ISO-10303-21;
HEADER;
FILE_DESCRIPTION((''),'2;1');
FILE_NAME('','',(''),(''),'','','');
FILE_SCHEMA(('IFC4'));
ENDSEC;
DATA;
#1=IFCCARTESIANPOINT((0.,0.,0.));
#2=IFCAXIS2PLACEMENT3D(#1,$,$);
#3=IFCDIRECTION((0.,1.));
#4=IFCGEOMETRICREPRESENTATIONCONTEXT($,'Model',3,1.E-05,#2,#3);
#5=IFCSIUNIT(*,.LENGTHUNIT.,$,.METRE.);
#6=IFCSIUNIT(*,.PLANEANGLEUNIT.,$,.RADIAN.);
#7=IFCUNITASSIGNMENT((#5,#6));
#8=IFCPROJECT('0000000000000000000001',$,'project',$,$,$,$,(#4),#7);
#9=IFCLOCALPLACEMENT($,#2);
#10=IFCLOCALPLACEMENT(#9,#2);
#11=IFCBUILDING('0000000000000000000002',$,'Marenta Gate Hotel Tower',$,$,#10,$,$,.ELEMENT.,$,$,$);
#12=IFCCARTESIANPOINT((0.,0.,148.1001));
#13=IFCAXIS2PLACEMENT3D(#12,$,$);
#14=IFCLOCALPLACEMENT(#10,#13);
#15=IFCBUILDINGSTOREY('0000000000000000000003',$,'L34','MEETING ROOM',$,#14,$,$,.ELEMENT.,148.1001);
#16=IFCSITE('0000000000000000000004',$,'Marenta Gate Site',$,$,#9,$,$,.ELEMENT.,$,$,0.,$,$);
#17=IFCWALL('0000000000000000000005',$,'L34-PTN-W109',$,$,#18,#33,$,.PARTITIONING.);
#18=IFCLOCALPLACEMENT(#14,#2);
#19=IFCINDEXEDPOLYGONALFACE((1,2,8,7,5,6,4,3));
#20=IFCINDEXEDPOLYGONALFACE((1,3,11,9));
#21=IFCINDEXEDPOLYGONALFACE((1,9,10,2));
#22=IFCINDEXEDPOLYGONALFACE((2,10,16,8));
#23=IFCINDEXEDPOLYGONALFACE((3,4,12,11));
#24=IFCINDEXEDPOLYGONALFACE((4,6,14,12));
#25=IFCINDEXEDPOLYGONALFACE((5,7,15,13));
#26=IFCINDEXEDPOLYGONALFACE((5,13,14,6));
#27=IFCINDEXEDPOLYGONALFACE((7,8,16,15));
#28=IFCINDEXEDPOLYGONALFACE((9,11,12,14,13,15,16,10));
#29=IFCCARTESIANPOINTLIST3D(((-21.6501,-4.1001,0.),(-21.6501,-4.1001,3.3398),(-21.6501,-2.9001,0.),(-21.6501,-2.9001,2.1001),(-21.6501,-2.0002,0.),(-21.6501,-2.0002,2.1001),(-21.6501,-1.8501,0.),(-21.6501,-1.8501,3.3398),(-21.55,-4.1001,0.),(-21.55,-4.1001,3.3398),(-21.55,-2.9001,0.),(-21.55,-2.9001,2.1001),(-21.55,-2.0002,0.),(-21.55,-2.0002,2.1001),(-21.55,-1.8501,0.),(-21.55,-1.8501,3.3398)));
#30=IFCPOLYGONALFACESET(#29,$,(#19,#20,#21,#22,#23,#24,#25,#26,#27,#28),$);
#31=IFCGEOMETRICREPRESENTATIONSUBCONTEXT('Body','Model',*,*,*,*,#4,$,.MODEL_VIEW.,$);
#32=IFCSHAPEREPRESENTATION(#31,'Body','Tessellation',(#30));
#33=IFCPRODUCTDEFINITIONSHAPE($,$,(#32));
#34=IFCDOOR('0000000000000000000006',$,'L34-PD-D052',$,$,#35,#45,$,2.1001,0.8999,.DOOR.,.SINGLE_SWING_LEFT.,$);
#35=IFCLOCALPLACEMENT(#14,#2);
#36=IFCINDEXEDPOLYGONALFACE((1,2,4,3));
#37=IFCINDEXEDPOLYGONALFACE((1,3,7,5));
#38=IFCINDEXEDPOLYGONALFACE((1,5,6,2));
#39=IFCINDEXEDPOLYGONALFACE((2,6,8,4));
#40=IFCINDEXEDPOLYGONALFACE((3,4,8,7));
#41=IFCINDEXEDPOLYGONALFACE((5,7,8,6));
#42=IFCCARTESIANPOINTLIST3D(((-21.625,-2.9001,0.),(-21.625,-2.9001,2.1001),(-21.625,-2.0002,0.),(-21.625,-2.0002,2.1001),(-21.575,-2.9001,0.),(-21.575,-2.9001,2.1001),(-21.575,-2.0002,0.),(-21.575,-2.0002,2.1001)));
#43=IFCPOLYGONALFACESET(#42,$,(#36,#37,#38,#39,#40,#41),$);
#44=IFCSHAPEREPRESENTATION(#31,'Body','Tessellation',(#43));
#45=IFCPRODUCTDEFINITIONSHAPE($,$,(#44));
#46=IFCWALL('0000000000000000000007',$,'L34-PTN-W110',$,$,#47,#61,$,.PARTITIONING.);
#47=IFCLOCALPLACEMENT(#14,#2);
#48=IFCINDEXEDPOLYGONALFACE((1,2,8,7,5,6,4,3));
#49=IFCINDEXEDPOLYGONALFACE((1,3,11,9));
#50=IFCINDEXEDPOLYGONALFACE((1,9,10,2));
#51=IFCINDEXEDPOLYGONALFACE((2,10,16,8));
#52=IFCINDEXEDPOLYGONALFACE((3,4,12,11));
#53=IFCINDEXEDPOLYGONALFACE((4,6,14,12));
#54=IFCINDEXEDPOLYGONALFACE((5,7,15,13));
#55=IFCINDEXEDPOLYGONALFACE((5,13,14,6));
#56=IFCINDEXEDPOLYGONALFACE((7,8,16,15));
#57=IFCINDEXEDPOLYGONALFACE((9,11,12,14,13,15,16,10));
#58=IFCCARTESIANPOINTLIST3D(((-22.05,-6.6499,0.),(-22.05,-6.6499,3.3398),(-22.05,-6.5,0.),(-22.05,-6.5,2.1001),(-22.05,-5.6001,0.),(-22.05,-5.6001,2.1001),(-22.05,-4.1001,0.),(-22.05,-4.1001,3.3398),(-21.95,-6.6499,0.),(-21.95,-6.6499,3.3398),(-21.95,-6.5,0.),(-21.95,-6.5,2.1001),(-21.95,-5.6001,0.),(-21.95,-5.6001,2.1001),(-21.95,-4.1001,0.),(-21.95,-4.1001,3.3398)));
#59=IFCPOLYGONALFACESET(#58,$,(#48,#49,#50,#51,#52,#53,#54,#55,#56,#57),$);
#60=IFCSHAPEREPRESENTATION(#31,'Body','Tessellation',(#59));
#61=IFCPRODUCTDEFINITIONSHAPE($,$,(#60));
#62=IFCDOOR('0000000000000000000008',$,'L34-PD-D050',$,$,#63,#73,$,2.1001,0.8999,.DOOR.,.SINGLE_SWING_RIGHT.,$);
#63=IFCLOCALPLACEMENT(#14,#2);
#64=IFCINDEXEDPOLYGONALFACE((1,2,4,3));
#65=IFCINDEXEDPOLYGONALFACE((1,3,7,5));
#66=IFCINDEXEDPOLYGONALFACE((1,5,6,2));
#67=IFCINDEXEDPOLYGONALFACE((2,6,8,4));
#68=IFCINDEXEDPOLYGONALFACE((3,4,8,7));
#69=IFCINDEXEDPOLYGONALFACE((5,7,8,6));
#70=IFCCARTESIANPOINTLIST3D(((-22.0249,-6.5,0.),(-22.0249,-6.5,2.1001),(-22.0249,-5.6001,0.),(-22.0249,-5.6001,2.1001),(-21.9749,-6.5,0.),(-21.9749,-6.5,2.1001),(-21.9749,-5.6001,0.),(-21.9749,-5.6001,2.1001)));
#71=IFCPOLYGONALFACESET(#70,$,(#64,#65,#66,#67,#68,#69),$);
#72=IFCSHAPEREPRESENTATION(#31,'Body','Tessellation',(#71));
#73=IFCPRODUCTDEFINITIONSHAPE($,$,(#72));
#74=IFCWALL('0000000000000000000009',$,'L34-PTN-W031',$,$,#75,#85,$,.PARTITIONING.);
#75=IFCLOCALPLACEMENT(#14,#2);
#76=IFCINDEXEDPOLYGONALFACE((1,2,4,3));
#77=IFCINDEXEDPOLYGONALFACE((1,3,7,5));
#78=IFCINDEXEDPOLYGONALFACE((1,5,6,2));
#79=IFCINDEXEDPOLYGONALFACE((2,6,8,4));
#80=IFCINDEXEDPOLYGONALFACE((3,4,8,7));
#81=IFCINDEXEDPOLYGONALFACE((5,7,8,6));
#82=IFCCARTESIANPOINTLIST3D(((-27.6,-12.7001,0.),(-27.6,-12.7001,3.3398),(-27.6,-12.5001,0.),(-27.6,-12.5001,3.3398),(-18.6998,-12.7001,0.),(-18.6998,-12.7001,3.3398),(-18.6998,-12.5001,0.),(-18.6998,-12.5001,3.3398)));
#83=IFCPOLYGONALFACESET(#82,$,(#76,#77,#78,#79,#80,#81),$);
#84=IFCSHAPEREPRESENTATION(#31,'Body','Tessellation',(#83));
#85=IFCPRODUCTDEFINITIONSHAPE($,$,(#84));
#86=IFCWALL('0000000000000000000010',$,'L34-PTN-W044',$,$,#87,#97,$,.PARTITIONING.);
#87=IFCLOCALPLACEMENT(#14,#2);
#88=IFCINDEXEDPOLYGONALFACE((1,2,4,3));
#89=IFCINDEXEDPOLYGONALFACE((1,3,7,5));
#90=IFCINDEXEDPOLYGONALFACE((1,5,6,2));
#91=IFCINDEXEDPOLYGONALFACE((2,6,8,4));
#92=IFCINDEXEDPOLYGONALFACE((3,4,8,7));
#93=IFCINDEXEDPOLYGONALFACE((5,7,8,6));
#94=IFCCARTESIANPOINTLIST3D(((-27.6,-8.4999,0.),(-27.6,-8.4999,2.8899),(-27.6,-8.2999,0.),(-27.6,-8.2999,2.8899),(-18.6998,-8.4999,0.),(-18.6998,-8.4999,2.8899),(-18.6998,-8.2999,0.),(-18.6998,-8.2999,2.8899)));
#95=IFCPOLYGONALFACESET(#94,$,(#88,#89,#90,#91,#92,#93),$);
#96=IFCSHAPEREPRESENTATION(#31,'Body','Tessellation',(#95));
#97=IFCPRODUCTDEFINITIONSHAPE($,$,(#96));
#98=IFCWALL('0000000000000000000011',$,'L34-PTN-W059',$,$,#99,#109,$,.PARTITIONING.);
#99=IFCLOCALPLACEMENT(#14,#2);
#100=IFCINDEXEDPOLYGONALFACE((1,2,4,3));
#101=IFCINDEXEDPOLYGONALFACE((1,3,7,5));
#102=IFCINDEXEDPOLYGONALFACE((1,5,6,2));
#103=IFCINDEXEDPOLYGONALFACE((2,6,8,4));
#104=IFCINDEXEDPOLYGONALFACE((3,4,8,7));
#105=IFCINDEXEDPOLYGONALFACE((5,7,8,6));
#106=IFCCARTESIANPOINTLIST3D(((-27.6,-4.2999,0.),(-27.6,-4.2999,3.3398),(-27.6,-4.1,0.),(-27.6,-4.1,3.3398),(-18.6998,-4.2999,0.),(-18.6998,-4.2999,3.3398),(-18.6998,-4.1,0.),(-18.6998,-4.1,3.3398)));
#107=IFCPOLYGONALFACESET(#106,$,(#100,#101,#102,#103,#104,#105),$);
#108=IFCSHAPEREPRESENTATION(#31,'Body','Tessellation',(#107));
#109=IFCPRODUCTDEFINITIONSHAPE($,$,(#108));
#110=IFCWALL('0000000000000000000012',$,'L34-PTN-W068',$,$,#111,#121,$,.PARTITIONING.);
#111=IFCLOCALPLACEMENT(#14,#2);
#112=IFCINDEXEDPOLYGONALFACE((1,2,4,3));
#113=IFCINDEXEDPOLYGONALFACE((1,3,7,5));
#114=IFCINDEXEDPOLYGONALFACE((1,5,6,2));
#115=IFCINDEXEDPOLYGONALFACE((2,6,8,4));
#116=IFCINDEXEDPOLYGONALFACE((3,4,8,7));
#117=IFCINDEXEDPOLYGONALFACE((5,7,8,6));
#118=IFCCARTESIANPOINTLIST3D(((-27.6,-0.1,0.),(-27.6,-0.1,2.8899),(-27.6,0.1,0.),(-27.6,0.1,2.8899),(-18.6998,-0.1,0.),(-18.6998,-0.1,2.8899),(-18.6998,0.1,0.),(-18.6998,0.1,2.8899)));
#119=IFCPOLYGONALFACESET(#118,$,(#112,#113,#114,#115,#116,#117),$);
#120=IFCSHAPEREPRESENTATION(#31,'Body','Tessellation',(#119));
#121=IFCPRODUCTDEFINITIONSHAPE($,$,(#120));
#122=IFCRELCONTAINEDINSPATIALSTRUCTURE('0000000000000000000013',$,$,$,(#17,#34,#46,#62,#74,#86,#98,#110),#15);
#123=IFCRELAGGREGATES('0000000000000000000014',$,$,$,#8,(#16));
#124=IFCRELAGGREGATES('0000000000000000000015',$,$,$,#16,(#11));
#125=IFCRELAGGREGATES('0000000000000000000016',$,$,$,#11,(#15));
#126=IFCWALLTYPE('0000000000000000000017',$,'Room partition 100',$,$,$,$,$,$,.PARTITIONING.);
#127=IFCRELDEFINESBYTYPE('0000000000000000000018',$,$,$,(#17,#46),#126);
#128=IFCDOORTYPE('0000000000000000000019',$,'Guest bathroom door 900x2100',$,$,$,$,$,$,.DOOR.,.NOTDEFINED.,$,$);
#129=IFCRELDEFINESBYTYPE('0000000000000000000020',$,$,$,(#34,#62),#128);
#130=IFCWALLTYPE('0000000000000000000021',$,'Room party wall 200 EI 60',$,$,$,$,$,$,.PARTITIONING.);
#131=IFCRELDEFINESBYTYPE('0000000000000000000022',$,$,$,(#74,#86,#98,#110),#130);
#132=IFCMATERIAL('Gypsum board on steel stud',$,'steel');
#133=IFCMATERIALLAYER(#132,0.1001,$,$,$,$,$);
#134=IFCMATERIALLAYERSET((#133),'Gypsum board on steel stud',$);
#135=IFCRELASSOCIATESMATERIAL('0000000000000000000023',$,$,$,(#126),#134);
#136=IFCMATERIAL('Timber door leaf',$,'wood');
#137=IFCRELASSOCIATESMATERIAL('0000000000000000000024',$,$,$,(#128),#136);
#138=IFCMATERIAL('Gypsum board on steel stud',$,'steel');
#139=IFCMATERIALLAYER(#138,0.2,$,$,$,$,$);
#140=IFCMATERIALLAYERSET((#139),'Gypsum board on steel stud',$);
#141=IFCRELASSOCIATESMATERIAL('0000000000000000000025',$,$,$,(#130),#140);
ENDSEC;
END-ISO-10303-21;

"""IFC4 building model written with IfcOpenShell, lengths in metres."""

from ifc_helpers import new_model, si_unit, direction, frame, frame_2d, origin, place, context, subcontext, project, spatial, rectangle, extrude, material, layer, layer_set, type_object, element, fill, save


model = new_model("IFC4")

# Units and contexts
model_context = context("Model", 3, precision=1e-05, world=origin(), true_north=direction((0.0, 1.0)))
body_context = subcontext(model_context, "Body", "Model", "MODEL_VIEW")
ifc_project = project(units=[si_unit("LENGTHUNIT", "METRE"), si_unit("PLANEANGLEUNIT", "RADIAN")], contexts=[model_context])

# Site, building, storey
site_placement = place(None, origin())
site = spatial("IfcSite", under=ifc_project, at=site_placement, Name="Marenta Gate Site", CompositionType="ELEMENT", RefElevation=0.0)
building_placement = place(site_placement, origin())
building = spatial("IfcBuilding", under=site, at=building_placement, Name="Marenta Gate Hotel Tower", CompositionType="ELEMENT")
storey_placement = place(building_placement, frame((0.0, 0.0, 148.1001)))
storey = spatial("IfcBuildingStorey", under=building, at=storey_placement, Name="L34", Description="MEETING ROOM", CompositionType="ELEMENT", Elevation=148.1001)

# Shared definitions
ifc_material_1 = material(Name="Gypsum board on steel stud", Category="steel")
ifc_layer_1 = layer(ifc_material_1, 0.1001)
ifc_layer_set_1 = layer_set([ifc_layer_1], Name="Gypsum board on steel stud")
wall_type_1 = type_object("IfcWallType", Name="Room partition 100", PredefinedType="PARTITIONING", material=ifc_layer_set_1)
ifc_material_2 = material(Name="Timber door leaf", Category="wood")
door_type_1 = type_object("IfcDoorType", Name="Guest bathroom door 900x2100", OperationType="NOTDEFINED", PredefinedType="DOOR", material=ifc_material_2)

# Walls, openings, doors
wall_1_placement = place(storey_placement, frame((-21.6001, -4.1001, 0.0), z_axis=(0.0, 0.0, 1.0), x_axis=(0.0, 1.0, 0.0)))
wall_1 = element("IfcWall", 1, at=wall_1_placement, inside=storey, type_object=wall_type_1, Name="L34-PTN-W109", PredefinedType="PARTITIONING", context=body_context, shape_type="SweptSolid", body=[
    extrude(rectangle(XDim=2.25, YDim=0.1001, at=frame_2d((1.125, 0.0))), origin(), (0.0, 0.0, 1.0), 3.3398),
])
opening_1_placement = place(wall_1_placement, frame((1.2, 0.0, 0.0)))
opening_1 = element("IfcOpeningElement", 2, at=opening_1_placement, cuts=wall_1, PredefinedType="OPENING", context=body_context, shape_type="SweptSolid", body=[
    extrude(rectangle(XDim=0.8999, YDim=2.1001, at=frame_2d((0.45, 1.05))), frame((0.0, 0.05, 0.0), z_axis=(0.0, -1.0, 0.0), x_axis=(1.0, 0.0, 0.0)), (0.0, 0.0, 1.0), 0.1001),
])
door_1_placement = place(opening_1_placement, origin())
door_1 = element("IfcDoor", 3, at=door_1_placement, inside=storey, type_object=door_type_1, Name="L34-PD-D052", OperationType="SINGLE_SWING_LEFT", OverallHeight=2.1001, OverallWidth=0.8999, PredefinedType="DOOR", context=body_context, shape_type="SweptSolid", body=[
    extrude(rectangle(XDim=0.8999, YDim=2.1001, at=frame_2d((0.45, 1.05))), frame((0.0, 0.0249, 0.0), z_axis=(0.0, -1.0, 0.0), x_axis=(1.0, 0.0, 0.0)), (0.0, 0.0, 1.0), 0.05),
])
fill(opening_1, door_1)
wall_2_placement = place(storey_placement, frame((-22.0, -6.6499, 0.0), z_axis=(0.0, 0.0, 1.0), x_axis=(0.0, 1.0, 0.0)))
wall_2 = element("IfcWall", 4, at=wall_2_placement, inside=storey, type_object=wall_type_1, Name="L34-PTN-W110", PredefinedType="PARTITIONING", context=body_context, shape_type="SweptSolid", body=[
    extrude(rectangle(XDim=2.5498, YDim=0.1001, at=frame_2d((1.2749, 0.0))), origin(), (0.0, 0.0, 1.0), 3.3398),
])
opening_2_placement = place(wall_2_placement, frame((0.1499, 0.0, 0.0)))
opening_2 = element("IfcOpeningElement", 5, at=opening_2_placement, cuts=wall_2, PredefinedType="OPENING", context=body_context, shape_type="SweptSolid", body=[
    extrude(rectangle(XDim=0.8999, YDim=2.1001, at=frame_2d((0.45, 1.05))), frame((0.0, 0.05, 0.0), z_axis=(0.0, -1.0, 0.0), x_axis=(1.0, 0.0, 0.0)), (0.0, 0.0, 1.0), 0.1001),
])
door_2_placement = place(opening_2_placement, origin())
door_2 = element("IfcDoor", 6, at=door_2_placement, inside=storey, type_object=door_type_1, Name="L34-PD-D050", OperationType="SINGLE_SWING_RIGHT", OverallHeight=2.1001, OverallWidth=0.8999, PredefinedType="DOOR", context=body_context, shape_type="SweptSolid", body=[
    extrude(rectangle(XDim=0.8999, YDim=2.1001, at=frame_2d((0.45, 1.05))), frame((0.0, 0.0249, 0.0), z_axis=(0.0, -1.0, 0.0), x_axis=(1.0, 0.0, 0.0)), (0.0, 0.0, 1.0), 0.05),
])
fill(opening_2, door_2)

# Walls
ifc_material_3 = material(Name="Gypsum board on steel stud", Category="steel")
ifc_layer_2 = layer(ifc_material_3, 0.2)
ifc_layer_set_2 = layer_set([ifc_layer_2], Name="Gypsum board on steel stud")
wall_type_2 = type_object("IfcWallType", Name="Room party wall 200 EI 60", PredefinedType="PARTITIONING", material=ifc_layer_set_2)
wall_3_placement = place(storey_placement, frame((-27.6001, -12.6001, 0.0), z_axis=(0.0, 0.0, 1.0), x_axis=(1.0, 0.0, 0.0)))
element("IfcWall", 7, at=wall_3_placement, inside=storey, type_object=wall_type_2, Name="L34-PTN-W031", PredefinedType="PARTITIONING", context=body_context, shape_type="SweptSolid", body=[
    extrude(rectangle(XDim=8.9001, YDim=0.2, at=frame_2d((4.4502, 0.0))), origin(), (0.0, 0.0, 1.0), 3.3398),
])
wall_4_placement = place(storey_placement, frame((-27.6001, -8.3999, 0.0), z_axis=(0.0, 0.0, 1.0), x_axis=(1.0, 0.0, 0.0)))
element("IfcWall", 8, at=wall_4_placement, inside=storey, type_object=wall_type_2, Name="L34-PTN-W044", PredefinedType="PARTITIONING", context=body_context, shape_type="SweptSolid", body=[
    extrude(rectangle(XDim=8.9001, YDim=0.2, at=frame_2d((4.4502, 0.0))), origin(), (0.0, 0.0, 1.0), 2.8899),
])
wall_5_placement = place(storey_placement, frame((-27.6001, -4.2, 0.0), z_axis=(0.0, 0.0, 1.0), x_axis=(1.0, 0.0, 0.0)))
element("IfcWall", 9, at=wall_5_placement, inside=storey, type_object=wall_type_2, Name="L34-PTN-W059", PredefinedType="PARTITIONING", context=body_context, shape_type="SweptSolid", body=[
    extrude(rectangle(XDim=8.9001, YDim=0.2, at=frame_2d((4.4502, 0.0))), origin(), (0.0, 0.0, 1.0), 3.3398),
])
wall_6_placement = place(storey_placement, frame((-27.6001, 0.0, 0.0), z_axis=(0.0, 0.0, 1.0), x_axis=(1.0, 0.0, 0.0)))
element("IfcWall", 10, at=wall_6_placement, inside=storey, type_object=wall_type_2, Name="L34-PTN-W068", PredefinedType="PARTITIONING", context=body_context, shape_type="SweptSolid", body=[
    extrude(rectangle(XDim=8.9001, YDim=0.2, at=frame_2d((4.4502, 0.0))), origin(), (0.0, 0.0, 1.0), 2.8899),
])

save(model, "model.ifc")
